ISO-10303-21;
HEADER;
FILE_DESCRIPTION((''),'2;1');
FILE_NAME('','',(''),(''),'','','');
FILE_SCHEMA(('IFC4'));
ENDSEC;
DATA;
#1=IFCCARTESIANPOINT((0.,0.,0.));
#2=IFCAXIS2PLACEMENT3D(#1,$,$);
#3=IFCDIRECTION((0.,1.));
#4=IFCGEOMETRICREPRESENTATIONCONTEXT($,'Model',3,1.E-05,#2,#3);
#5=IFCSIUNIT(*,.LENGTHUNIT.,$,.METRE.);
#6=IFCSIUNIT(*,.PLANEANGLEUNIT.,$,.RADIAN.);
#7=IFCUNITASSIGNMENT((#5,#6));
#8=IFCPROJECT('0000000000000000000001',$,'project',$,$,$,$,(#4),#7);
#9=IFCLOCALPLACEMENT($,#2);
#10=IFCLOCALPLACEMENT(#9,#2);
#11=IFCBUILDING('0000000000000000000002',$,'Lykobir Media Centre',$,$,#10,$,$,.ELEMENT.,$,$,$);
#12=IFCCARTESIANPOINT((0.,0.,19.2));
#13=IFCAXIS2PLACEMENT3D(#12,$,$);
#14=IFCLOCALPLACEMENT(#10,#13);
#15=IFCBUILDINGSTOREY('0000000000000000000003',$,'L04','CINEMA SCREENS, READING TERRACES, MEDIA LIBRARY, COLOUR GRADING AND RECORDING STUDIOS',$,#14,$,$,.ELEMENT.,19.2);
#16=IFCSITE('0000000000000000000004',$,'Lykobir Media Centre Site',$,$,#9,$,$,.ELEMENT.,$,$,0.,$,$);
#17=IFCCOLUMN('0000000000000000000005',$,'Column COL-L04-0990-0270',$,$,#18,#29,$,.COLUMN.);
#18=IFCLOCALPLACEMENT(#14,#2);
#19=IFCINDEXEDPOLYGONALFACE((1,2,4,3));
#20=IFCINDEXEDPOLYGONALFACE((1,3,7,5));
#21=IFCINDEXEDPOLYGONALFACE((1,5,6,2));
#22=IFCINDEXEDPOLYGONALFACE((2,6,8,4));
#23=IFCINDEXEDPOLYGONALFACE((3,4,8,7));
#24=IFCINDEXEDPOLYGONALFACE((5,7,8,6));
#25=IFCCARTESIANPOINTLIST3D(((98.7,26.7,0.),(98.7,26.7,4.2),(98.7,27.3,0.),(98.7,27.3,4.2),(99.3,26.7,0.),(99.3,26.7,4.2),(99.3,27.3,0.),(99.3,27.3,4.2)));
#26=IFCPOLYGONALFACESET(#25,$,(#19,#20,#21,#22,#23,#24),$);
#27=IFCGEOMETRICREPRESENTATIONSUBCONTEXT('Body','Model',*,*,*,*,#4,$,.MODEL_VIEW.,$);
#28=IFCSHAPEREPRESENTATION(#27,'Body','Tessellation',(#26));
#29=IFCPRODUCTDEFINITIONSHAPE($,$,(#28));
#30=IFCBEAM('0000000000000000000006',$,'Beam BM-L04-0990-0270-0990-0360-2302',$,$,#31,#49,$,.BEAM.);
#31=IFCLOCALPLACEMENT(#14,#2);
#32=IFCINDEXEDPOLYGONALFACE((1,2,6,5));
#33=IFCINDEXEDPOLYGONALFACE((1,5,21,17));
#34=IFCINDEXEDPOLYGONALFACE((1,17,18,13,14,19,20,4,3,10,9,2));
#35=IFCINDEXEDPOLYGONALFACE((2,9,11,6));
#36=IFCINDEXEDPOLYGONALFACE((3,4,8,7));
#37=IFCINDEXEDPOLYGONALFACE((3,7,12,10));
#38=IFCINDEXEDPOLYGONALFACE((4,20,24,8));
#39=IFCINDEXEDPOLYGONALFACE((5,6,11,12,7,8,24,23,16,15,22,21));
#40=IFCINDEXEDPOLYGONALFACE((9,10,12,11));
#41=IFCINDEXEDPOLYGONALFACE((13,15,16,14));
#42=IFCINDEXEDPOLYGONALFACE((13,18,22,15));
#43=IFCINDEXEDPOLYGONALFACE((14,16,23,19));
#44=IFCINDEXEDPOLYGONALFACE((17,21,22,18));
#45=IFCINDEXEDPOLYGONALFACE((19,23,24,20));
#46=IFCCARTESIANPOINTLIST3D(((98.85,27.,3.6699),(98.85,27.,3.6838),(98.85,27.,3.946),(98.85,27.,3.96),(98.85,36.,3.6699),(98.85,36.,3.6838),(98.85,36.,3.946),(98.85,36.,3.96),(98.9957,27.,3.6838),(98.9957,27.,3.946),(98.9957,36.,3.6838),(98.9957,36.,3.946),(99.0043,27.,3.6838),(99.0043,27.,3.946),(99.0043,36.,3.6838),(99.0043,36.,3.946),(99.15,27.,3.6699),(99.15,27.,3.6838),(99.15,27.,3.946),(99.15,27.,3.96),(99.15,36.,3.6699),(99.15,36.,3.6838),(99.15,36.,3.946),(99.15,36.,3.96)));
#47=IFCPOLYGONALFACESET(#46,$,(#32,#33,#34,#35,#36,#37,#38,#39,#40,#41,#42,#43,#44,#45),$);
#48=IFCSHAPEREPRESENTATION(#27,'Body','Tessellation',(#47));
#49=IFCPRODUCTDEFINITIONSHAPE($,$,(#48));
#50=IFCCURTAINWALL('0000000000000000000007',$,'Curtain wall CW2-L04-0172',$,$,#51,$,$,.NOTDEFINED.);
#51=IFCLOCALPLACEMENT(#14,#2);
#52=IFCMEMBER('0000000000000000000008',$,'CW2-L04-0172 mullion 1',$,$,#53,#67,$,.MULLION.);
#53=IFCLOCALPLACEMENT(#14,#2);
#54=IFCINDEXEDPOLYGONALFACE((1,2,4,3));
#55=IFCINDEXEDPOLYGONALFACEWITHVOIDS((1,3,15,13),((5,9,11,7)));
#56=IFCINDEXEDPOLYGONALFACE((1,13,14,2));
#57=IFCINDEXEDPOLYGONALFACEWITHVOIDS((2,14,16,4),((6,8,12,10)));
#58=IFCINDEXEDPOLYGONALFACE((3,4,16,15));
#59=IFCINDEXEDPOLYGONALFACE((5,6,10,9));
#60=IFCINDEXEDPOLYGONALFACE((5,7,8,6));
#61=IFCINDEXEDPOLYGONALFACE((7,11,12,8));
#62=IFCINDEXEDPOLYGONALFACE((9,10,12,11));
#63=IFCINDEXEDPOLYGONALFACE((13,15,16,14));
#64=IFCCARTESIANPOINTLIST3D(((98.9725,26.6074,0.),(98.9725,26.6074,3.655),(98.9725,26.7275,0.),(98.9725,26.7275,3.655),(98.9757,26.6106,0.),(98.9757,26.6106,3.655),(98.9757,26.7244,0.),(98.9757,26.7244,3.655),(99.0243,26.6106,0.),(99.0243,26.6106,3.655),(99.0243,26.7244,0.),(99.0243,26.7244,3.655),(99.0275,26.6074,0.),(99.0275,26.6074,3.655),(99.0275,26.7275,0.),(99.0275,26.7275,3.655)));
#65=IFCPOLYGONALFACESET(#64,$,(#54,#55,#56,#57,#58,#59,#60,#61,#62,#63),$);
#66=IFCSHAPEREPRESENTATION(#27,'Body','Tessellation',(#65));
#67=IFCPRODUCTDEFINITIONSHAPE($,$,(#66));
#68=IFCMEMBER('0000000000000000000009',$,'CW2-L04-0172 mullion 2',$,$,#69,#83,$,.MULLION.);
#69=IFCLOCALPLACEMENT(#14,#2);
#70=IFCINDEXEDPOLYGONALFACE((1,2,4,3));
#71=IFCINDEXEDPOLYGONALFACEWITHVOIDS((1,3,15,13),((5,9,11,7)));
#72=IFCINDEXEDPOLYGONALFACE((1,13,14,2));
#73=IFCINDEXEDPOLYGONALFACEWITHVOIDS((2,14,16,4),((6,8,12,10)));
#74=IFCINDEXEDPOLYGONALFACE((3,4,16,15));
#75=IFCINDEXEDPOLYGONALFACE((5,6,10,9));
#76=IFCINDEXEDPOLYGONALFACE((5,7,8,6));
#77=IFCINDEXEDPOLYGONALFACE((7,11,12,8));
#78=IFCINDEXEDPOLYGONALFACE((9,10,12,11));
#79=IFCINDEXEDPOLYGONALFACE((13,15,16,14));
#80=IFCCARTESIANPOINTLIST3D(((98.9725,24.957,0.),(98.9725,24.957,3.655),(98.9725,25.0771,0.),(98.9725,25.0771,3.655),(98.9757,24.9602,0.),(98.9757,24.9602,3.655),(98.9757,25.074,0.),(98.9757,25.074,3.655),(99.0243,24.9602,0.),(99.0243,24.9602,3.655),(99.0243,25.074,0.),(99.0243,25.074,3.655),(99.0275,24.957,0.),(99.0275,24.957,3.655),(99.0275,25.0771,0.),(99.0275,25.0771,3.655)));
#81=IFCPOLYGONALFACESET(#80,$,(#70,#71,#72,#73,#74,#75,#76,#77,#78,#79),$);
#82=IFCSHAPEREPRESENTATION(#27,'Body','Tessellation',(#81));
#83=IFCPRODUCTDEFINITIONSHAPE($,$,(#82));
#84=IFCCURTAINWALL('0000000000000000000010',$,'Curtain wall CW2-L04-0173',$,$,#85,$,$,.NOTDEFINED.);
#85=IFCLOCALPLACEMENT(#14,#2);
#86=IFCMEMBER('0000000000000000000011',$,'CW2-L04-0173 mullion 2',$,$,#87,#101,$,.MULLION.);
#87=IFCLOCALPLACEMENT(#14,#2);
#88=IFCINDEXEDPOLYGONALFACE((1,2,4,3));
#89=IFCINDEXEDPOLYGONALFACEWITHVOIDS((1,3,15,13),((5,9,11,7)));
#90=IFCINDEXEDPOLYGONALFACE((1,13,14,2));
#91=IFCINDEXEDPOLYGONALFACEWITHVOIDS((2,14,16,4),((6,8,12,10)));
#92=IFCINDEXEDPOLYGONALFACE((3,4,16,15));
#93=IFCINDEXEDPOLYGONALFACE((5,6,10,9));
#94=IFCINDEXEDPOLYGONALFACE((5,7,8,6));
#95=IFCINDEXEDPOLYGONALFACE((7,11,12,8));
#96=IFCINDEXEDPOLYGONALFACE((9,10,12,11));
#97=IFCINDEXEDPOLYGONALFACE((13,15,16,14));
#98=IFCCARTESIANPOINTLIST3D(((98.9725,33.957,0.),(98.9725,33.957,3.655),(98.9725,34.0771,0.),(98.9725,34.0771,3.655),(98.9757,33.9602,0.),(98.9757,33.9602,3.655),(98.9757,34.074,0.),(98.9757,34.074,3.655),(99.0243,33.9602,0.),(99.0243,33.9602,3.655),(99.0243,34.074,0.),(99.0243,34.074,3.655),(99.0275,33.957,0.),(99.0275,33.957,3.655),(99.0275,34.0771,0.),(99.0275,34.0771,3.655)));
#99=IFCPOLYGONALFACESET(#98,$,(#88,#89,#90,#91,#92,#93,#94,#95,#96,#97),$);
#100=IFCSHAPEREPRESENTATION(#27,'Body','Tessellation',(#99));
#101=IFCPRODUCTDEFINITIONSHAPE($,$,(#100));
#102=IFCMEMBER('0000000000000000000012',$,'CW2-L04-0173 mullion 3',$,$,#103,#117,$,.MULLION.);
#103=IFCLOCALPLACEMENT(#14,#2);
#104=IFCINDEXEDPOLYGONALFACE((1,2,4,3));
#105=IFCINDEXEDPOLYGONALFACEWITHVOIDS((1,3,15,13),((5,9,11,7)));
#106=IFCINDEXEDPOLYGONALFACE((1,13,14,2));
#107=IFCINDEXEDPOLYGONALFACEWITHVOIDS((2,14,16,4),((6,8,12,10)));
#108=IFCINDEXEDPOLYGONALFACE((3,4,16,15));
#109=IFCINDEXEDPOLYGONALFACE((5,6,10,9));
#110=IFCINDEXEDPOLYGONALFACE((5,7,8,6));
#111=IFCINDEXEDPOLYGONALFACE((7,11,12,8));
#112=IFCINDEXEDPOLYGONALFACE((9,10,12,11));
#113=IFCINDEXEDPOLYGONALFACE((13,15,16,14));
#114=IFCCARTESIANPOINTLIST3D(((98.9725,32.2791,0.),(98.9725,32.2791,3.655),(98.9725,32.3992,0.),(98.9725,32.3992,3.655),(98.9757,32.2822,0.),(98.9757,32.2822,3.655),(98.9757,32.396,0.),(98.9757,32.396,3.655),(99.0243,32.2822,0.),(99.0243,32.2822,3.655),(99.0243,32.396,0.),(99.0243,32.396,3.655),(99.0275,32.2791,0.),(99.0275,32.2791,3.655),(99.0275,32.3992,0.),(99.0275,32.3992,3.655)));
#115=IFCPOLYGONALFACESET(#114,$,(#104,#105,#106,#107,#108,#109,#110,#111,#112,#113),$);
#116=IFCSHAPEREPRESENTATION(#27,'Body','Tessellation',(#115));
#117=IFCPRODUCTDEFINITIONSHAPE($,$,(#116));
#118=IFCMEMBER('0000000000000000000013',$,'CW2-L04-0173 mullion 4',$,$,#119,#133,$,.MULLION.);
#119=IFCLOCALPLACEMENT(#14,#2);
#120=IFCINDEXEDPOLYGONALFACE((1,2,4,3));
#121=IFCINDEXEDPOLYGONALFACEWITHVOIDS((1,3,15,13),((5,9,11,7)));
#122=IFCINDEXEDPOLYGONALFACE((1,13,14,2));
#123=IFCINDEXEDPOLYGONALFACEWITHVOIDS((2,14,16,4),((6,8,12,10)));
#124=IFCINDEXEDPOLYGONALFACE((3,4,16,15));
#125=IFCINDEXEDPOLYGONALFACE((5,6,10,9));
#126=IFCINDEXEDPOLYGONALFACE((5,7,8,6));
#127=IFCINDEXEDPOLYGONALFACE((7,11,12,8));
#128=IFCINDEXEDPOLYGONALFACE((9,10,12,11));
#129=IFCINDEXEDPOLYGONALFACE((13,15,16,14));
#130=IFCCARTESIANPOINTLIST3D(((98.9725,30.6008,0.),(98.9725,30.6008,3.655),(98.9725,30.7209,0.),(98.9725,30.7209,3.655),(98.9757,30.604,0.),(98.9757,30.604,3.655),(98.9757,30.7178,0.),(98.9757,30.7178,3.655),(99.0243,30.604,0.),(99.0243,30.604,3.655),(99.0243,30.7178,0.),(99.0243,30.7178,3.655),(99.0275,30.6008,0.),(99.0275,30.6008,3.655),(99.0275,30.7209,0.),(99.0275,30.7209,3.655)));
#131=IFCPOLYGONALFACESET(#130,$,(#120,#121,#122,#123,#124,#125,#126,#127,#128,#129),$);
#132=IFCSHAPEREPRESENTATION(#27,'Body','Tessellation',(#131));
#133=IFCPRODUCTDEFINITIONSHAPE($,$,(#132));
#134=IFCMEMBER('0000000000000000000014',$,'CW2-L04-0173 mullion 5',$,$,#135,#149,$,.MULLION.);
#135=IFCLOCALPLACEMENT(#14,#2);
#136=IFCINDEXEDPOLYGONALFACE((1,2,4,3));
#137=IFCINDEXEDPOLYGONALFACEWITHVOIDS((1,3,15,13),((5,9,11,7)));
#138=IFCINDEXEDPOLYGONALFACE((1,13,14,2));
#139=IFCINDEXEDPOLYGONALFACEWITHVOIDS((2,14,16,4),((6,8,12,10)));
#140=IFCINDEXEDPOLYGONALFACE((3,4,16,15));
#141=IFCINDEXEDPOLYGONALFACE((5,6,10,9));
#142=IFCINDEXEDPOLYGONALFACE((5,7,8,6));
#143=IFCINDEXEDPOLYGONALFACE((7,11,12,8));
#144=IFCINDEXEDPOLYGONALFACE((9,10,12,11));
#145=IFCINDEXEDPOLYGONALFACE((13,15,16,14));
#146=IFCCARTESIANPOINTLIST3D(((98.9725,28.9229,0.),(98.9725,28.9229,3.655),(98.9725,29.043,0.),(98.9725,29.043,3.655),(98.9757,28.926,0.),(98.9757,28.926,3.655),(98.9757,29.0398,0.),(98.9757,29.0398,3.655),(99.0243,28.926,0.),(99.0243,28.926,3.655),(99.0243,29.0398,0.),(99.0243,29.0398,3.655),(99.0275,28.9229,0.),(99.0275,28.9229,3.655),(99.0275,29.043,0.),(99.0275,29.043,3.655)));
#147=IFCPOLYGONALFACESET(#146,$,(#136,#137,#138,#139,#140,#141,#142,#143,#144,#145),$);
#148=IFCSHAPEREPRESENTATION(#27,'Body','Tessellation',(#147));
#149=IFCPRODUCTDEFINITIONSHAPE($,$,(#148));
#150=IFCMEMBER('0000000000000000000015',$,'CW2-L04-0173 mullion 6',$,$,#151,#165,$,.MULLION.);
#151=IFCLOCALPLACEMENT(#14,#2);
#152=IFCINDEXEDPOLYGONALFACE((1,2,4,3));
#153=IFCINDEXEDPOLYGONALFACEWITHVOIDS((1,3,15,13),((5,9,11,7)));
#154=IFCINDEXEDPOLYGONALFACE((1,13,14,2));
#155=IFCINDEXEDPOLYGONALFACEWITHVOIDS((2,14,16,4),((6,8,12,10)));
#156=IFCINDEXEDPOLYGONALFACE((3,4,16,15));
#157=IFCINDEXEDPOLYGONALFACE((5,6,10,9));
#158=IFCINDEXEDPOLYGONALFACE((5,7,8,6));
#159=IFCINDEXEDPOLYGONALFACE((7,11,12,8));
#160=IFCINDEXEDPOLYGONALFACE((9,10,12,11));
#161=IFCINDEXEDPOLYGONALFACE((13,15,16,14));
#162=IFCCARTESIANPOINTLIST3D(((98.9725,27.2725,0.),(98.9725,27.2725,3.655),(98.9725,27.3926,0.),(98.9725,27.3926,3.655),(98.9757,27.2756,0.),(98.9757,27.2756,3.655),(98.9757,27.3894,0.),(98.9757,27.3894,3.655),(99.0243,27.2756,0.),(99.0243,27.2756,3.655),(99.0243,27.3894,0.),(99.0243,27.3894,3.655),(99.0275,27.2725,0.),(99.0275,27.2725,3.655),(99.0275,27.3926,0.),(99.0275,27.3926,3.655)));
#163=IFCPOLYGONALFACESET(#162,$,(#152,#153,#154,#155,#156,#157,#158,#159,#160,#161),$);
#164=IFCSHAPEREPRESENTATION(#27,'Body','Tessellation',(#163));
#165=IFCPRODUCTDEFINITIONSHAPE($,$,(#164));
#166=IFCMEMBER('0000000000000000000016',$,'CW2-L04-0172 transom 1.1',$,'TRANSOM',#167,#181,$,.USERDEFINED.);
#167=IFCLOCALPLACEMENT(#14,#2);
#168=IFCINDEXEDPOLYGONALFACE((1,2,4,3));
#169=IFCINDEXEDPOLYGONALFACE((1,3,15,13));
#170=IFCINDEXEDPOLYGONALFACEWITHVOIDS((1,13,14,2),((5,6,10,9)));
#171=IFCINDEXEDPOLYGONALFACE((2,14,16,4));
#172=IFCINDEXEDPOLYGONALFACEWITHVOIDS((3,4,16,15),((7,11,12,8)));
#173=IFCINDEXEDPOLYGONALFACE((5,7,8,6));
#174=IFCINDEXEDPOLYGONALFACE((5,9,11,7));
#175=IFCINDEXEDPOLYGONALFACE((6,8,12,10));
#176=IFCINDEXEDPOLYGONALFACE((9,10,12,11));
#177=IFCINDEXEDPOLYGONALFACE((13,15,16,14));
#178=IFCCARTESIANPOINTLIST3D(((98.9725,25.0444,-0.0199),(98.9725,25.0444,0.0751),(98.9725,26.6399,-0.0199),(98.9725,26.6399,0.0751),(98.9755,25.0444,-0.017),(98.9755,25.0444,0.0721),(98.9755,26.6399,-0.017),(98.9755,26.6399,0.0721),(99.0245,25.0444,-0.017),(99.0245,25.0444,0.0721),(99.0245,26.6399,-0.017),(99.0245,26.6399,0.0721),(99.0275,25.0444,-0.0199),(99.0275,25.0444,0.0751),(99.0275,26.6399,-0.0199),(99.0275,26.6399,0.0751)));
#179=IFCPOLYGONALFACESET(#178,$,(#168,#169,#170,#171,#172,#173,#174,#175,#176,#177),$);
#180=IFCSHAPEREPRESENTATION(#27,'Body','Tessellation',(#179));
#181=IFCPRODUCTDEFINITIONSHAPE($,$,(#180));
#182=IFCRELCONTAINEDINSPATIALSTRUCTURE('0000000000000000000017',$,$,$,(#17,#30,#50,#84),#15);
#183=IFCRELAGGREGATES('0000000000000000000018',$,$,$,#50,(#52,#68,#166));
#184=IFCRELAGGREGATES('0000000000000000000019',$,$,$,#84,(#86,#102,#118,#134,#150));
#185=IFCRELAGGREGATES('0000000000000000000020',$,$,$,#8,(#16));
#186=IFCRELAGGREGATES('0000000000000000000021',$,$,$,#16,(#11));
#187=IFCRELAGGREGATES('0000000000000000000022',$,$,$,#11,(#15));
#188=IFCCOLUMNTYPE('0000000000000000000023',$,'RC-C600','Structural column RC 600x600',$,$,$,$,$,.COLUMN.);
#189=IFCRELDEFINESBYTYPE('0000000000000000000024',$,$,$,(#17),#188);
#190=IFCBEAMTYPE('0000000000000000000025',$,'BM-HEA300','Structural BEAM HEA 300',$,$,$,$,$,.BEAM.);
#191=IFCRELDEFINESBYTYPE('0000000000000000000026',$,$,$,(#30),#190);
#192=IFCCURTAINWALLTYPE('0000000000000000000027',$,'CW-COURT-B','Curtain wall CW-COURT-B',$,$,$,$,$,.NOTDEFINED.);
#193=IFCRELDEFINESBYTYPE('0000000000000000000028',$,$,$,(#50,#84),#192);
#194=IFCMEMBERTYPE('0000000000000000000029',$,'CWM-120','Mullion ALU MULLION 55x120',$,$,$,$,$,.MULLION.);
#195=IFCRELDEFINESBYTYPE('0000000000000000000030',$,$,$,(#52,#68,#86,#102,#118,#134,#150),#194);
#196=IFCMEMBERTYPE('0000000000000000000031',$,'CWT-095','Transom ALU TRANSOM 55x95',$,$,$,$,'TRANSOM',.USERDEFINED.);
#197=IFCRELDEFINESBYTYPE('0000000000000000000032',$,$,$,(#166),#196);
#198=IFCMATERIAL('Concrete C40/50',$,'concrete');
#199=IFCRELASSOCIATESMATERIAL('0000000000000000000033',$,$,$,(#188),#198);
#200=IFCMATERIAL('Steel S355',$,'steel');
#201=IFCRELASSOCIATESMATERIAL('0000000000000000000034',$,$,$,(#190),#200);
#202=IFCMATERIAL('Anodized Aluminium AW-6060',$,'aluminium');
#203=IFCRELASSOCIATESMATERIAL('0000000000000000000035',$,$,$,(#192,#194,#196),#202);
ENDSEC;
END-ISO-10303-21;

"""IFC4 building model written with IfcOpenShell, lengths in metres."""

from ifc_helpers import new_model, si_unit, direction, frame, origin, origin_2d, place, context, subcontext, project, spatial, rectangle, hollow_rectangle, i_section, extrude, material, material_profile, profile_set, type_object, element, aggregate, save


model = new_model("IFC4")

# Units and contexts
model_context = context("Model", 3, precision=1e-05, world=origin(), true_north=direction((0.0, 1.0)))
body_context = subcontext(model_context, "Body", "Model", "MODEL_VIEW")
ifc_project = project(units=[si_unit("LENGTHUNIT", "METRE"), si_unit("PLANEANGLEUNIT", "RADIAN")], contexts=[model_context])

# Site, building, storey
site_placement = place(None, origin())
site = spatial("IfcSite", under=ifc_project, at=site_placement, Name="Lykobir Media Centre Site", CompositionType="ELEMENT", RefElevation=0.0)
building_placement = place(site_placement, origin())
building = spatial("IfcBuilding", under=site, at=building_placement, Name="Lykobir Media Centre", CompositionType="ELEMENT")
storey_placement = place(building_placement, frame((0.0, 0.0, 19.2)))
storey = spatial("IfcBuildingStorey", under=building, at=storey_placement, Name="L04", Description="CINEMA SCREENS, READING TERRACES, MEDIA LIBRARY, COLOUR GRADING AND RECORDING STUDIOS", CompositionType="ELEMENT", Elevation=19.2)

# Column
ifc_material_1 = material(Name="Concrete C40/50", Category="concrete")
ifc_material_profile_1 = material_profile(ifc_material_1, rectangle(XDim=0.6001, YDim=0.6001, at=origin_2d()), Name="RC 600x600")
ifc_profile_set_1 = profile_set([ifc_material_profile_1], Name="Concrete C40/50")
column_type = type_object("IfcColumnType", Name="RC-C600", Description="Structural column RC 600x600", PredefinedType="COLUMN", material=ifc_profile_set_1)
column_placement = place(storey_placement, frame((99.0, 27.0, 0.0), z_axis=(0.0, 0.0, 1.0), x_axis=(1.0, 0.0, 0.0)))
element("IfcColumn", 1, at=column_placement, inside=storey, type_object=column_type, Name="Column COL-L04-0990-0270", PredefinedType="COLUMN", context=body_context, shape_type="SweptSolid", body=[
    extrude(rectangle(XDim=0.6001, YDim=0.6001, at=origin_2d()), origin(), (0.0, 0.0, 1.0), 4.2),
])

# Beam
ifc_material_2 = material(Name="Steel S355", Category="steel")
ifc_material_profile_2 = material_profile(ifc_material_2, i_section(OverallWidth=0.3, OverallDepth=0.29, WebThickness=0.0085, FlangeThickness=0.0139, at=origin_2d()), Name="HEA 300")
ifc_profile_set_2 = profile_set([ifc_material_profile_2], Name="Steel S355")
beam_type = type_object("IfcBeamType", Name="BM-HEA300", Description="Structural BEAM HEA 300", PredefinedType="BEAM", material=ifc_profile_set_2)
beam_placement = place(storey_placement, frame((99.0, 27.0, 3.8149), z_axis=(0.0, 1.0, 0.0), x_axis=(-1.0, 0.0, 0.0)))
element("IfcBeam", 2, at=beam_placement, inside=storey, type_object=beam_type, Name="Beam BM-L04-0990-0270-0990-0360-2302", PredefinedType="BEAM", context=body_context, shape_type="SweptSolid", body=[
    extrude(i_section(OverallWidth=0.3, OverallDepth=0.29, WebThickness=0.0085, FlangeThickness=0.0139, at=origin_2d()), origin(), (0.0, 0.0, 1.0), 9.0),
])

# Curtain walls, members
ifc_material_3 = material(Name="Anodized Aluminium AW-6060", Category="aluminium")
curtain_wall_type = type_object("IfcCurtainWallType", Name="CW-COURT-B", Description="Curtain wall CW-COURT-B", PredefinedType="NOTDEFINED", material=ifc_material_3)
curtain_wall_1_placement = place(storey_placement, origin())
curtain_wall_1 = element("IfcCurtainWall", 3, at=curtain_wall_1_placement, inside=storey, type_object=curtain_wall_type, Name="Curtain wall CW2-L04-0172", PredefinedType="NOTDEFINED")
ifc_material_profile_3 = material_profile(ifc_material_3, hollow_rectangle(XDim=0.0549, YDim=0.1201, WallThickness=0.0032, at=origin_2d()), Name="ALU MULLION 55x120")
ifc_profile_set_3 = profile_set([ifc_material_profile_3], Name="Anodized Aluminium AW-6060")
member_type_1 = type_object("IfcMemberType", Name="CWM-120", Description="Mullion ALU MULLION 55x120", PredefinedType="MULLION", material=ifc_profile_set_3)
member_1_placement = place(storey_placement, frame((99.0, 26.6675, 0.0), z_axis=(0.0, 0.0, 1.0), x_axis=(1.0, 0.0, 0.0)))
member_1 = element("IfcMember", 4, at=member_1_placement, type_object=member_type_1, Name="CW2-L04-0172 mullion 1", PredefinedType="MULLION", context=body_context, shape_type="SweptSolid", body=[
    extrude(hollow_rectangle(XDim=0.0549, YDim=0.1201, WallThickness=0.0032, at=origin_2d()), origin(), (0.0, 0.0, 1.0), 3.655),
])
member_2_placement = place(storey_placement, frame((99.0, 25.0171, 0.0), z_axis=(0.0, 0.0, 1.0), x_axis=(1.0, 0.0, 0.0)))
member_2 = element("IfcMember", 5, at=member_2_placement, type_object=member_type_1, Name="CW2-L04-0172 mullion 2", PredefinedType="MULLION", context=body_context, shape_type="SweptSolid", body=[
    extrude(hollow_rectangle(XDim=0.0549, YDim=0.1201, WallThickness=0.0032, at=origin_2d()), origin(), (0.0, 0.0, 1.0), 3.655),
])
curtain_wall_2_placement = place(storey_placement, origin())
curtain_wall_2 = element("IfcCurtainWall", 6, at=curtain_wall_2_placement, inside=storey, type_object=curtain_wall_type, Name="Curtain wall CW2-L04-0173", PredefinedType="NOTDEFINED")
member_3_placement = place(storey_placement, frame((99.0, 34.0171, 0.0), z_axis=(0.0, 0.0, 1.0), x_axis=(1.0, 0.0, 0.0)))
member_3 = element("IfcMember", 7, at=member_3_placement, type_object=member_type_1, Name="CW2-L04-0173 mullion 2", PredefinedType="MULLION", context=body_context, shape_type="SweptSolid", body=[
    extrude(hollow_rectangle(XDim=0.0549, YDim=0.1201, WallThickness=0.0032, at=origin_2d()), origin(), (0.0, 0.0, 1.0), 3.655),
])
member_4_placement = place(storey_placement, frame((99.0, 32.3391, 0.0), z_axis=(0.0, 0.0, 1.0), x_axis=(1.0, 0.0, 0.0)))
member_4 = element("IfcMember", 8, at=member_4_placement, type_object=member_type_1, Name="CW2-L04-0173 mullion 3", PredefinedType="MULLION", context=body_context, shape_type="SweptSolid", body=[
    extrude(hollow_rectangle(XDim=0.0549, YDim=0.1201, WallThickness=0.0032, at=origin_2d()), origin(), (0.0, 0.0, 1.0), 3.655),
])
member_5_placement = place(storey_placement, frame((99.0, 30.6609, 0.0), z_axis=(0.0, 0.0, 1.0), x_axis=(1.0, 0.0, 0.0)))
member_5 = element("IfcMember", 9, at=member_5_placement, type_object=member_type_1, Name="CW2-L04-0173 mullion 4", PredefinedType="MULLION", context=body_context, shape_type="SweptSolid", body=[
    extrude(hollow_rectangle(XDim=0.0549, YDim=0.1201, WallThickness=0.0032, at=origin_2d()), origin(), (0.0, 0.0, 1.0), 3.655),
])
member_6_placement = place(storey_placement, frame((99.0, 28.9829, 0.0), z_axis=(0.0, 0.0, 1.0), x_axis=(1.0, 0.0, 0.0)))
member_6 = element("IfcMember", 10, at=member_6_placement, type_object=member_type_1, Name="CW2-L04-0173 mullion 5", PredefinedType="MULLION", context=body_context, shape_type="SweptSolid", body=[
    extrude(hollow_rectangle(XDim=0.0549, YDim=0.1201, WallThickness=0.0032, at=origin_2d()), origin(), (0.0, 0.0, 1.0), 3.655),
])
member_7_placement = place(storey_placement, frame((99.0, 27.3325, 0.0), z_axis=(0.0, 0.0, 1.0), x_axis=(1.0, 0.0, 0.0)))
member_7 = element("IfcMember", 11, at=member_7_placement, type_object=member_type_1, Name="CW2-L04-0173 mullion 6", PredefinedType="MULLION", context=body_context, shape_type="SweptSolid", body=[
    extrude(hollow_rectangle(XDim=0.0549, YDim=0.1201, WallThickness=0.0032, at=origin_2d()), origin(), (0.0, 0.0, 1.0), 3.655),
])

# Member
ifc_material_profile_4 = material_profile(ifc_material_3, hollow_rectangle(XDim=0.0549, YDim=0.095, WallThickness=0.0029, at=origin_2d()), Name="ALU TRANSOM 55x95")
ifc_profile_set_4 = profile_set([ifc_material_profile_4], Name="Anodized Aluminium AW-6060")
member_type_2 = type_object("IfcMemberType", Name="CWT-095", Description="Transom ALU TRANSOM 55x95", ElementType="TRANSOM", PredefinedType="USERDEFINED", material=ifc_profile_set_4)
member_8_placement = place(storey_placement, frame((99.0, 26.6399, 0.0276), z_axis=(0.0, -1.0, 0.0), x_axis=(1.0, 0.0, 0.0)))
member_8 = element("IfcMember", 12, at=member_8_placement, type_object=member_type_2, Name="CW2-L04-0172 transom 1.1", ObjectType="TRANSOM", PredefinedType="USERDEFINED", context=body_context, shape_type="SweptSolid", body=[
    extrude(hollow_rectangle(XDim=0.0549, YDim=0.095, WallThickness=0.0029, at=origin_2d()), origin(), (0.0, 0.0, 1.0), 1.5955),
])

aggregate(curtain_wall_1, [member_1, member_2, member_8])
aggregate(curtain_wall_2, [member_3, member_4, member_5, member_6, member_7])

save(model, "model.ifc")
